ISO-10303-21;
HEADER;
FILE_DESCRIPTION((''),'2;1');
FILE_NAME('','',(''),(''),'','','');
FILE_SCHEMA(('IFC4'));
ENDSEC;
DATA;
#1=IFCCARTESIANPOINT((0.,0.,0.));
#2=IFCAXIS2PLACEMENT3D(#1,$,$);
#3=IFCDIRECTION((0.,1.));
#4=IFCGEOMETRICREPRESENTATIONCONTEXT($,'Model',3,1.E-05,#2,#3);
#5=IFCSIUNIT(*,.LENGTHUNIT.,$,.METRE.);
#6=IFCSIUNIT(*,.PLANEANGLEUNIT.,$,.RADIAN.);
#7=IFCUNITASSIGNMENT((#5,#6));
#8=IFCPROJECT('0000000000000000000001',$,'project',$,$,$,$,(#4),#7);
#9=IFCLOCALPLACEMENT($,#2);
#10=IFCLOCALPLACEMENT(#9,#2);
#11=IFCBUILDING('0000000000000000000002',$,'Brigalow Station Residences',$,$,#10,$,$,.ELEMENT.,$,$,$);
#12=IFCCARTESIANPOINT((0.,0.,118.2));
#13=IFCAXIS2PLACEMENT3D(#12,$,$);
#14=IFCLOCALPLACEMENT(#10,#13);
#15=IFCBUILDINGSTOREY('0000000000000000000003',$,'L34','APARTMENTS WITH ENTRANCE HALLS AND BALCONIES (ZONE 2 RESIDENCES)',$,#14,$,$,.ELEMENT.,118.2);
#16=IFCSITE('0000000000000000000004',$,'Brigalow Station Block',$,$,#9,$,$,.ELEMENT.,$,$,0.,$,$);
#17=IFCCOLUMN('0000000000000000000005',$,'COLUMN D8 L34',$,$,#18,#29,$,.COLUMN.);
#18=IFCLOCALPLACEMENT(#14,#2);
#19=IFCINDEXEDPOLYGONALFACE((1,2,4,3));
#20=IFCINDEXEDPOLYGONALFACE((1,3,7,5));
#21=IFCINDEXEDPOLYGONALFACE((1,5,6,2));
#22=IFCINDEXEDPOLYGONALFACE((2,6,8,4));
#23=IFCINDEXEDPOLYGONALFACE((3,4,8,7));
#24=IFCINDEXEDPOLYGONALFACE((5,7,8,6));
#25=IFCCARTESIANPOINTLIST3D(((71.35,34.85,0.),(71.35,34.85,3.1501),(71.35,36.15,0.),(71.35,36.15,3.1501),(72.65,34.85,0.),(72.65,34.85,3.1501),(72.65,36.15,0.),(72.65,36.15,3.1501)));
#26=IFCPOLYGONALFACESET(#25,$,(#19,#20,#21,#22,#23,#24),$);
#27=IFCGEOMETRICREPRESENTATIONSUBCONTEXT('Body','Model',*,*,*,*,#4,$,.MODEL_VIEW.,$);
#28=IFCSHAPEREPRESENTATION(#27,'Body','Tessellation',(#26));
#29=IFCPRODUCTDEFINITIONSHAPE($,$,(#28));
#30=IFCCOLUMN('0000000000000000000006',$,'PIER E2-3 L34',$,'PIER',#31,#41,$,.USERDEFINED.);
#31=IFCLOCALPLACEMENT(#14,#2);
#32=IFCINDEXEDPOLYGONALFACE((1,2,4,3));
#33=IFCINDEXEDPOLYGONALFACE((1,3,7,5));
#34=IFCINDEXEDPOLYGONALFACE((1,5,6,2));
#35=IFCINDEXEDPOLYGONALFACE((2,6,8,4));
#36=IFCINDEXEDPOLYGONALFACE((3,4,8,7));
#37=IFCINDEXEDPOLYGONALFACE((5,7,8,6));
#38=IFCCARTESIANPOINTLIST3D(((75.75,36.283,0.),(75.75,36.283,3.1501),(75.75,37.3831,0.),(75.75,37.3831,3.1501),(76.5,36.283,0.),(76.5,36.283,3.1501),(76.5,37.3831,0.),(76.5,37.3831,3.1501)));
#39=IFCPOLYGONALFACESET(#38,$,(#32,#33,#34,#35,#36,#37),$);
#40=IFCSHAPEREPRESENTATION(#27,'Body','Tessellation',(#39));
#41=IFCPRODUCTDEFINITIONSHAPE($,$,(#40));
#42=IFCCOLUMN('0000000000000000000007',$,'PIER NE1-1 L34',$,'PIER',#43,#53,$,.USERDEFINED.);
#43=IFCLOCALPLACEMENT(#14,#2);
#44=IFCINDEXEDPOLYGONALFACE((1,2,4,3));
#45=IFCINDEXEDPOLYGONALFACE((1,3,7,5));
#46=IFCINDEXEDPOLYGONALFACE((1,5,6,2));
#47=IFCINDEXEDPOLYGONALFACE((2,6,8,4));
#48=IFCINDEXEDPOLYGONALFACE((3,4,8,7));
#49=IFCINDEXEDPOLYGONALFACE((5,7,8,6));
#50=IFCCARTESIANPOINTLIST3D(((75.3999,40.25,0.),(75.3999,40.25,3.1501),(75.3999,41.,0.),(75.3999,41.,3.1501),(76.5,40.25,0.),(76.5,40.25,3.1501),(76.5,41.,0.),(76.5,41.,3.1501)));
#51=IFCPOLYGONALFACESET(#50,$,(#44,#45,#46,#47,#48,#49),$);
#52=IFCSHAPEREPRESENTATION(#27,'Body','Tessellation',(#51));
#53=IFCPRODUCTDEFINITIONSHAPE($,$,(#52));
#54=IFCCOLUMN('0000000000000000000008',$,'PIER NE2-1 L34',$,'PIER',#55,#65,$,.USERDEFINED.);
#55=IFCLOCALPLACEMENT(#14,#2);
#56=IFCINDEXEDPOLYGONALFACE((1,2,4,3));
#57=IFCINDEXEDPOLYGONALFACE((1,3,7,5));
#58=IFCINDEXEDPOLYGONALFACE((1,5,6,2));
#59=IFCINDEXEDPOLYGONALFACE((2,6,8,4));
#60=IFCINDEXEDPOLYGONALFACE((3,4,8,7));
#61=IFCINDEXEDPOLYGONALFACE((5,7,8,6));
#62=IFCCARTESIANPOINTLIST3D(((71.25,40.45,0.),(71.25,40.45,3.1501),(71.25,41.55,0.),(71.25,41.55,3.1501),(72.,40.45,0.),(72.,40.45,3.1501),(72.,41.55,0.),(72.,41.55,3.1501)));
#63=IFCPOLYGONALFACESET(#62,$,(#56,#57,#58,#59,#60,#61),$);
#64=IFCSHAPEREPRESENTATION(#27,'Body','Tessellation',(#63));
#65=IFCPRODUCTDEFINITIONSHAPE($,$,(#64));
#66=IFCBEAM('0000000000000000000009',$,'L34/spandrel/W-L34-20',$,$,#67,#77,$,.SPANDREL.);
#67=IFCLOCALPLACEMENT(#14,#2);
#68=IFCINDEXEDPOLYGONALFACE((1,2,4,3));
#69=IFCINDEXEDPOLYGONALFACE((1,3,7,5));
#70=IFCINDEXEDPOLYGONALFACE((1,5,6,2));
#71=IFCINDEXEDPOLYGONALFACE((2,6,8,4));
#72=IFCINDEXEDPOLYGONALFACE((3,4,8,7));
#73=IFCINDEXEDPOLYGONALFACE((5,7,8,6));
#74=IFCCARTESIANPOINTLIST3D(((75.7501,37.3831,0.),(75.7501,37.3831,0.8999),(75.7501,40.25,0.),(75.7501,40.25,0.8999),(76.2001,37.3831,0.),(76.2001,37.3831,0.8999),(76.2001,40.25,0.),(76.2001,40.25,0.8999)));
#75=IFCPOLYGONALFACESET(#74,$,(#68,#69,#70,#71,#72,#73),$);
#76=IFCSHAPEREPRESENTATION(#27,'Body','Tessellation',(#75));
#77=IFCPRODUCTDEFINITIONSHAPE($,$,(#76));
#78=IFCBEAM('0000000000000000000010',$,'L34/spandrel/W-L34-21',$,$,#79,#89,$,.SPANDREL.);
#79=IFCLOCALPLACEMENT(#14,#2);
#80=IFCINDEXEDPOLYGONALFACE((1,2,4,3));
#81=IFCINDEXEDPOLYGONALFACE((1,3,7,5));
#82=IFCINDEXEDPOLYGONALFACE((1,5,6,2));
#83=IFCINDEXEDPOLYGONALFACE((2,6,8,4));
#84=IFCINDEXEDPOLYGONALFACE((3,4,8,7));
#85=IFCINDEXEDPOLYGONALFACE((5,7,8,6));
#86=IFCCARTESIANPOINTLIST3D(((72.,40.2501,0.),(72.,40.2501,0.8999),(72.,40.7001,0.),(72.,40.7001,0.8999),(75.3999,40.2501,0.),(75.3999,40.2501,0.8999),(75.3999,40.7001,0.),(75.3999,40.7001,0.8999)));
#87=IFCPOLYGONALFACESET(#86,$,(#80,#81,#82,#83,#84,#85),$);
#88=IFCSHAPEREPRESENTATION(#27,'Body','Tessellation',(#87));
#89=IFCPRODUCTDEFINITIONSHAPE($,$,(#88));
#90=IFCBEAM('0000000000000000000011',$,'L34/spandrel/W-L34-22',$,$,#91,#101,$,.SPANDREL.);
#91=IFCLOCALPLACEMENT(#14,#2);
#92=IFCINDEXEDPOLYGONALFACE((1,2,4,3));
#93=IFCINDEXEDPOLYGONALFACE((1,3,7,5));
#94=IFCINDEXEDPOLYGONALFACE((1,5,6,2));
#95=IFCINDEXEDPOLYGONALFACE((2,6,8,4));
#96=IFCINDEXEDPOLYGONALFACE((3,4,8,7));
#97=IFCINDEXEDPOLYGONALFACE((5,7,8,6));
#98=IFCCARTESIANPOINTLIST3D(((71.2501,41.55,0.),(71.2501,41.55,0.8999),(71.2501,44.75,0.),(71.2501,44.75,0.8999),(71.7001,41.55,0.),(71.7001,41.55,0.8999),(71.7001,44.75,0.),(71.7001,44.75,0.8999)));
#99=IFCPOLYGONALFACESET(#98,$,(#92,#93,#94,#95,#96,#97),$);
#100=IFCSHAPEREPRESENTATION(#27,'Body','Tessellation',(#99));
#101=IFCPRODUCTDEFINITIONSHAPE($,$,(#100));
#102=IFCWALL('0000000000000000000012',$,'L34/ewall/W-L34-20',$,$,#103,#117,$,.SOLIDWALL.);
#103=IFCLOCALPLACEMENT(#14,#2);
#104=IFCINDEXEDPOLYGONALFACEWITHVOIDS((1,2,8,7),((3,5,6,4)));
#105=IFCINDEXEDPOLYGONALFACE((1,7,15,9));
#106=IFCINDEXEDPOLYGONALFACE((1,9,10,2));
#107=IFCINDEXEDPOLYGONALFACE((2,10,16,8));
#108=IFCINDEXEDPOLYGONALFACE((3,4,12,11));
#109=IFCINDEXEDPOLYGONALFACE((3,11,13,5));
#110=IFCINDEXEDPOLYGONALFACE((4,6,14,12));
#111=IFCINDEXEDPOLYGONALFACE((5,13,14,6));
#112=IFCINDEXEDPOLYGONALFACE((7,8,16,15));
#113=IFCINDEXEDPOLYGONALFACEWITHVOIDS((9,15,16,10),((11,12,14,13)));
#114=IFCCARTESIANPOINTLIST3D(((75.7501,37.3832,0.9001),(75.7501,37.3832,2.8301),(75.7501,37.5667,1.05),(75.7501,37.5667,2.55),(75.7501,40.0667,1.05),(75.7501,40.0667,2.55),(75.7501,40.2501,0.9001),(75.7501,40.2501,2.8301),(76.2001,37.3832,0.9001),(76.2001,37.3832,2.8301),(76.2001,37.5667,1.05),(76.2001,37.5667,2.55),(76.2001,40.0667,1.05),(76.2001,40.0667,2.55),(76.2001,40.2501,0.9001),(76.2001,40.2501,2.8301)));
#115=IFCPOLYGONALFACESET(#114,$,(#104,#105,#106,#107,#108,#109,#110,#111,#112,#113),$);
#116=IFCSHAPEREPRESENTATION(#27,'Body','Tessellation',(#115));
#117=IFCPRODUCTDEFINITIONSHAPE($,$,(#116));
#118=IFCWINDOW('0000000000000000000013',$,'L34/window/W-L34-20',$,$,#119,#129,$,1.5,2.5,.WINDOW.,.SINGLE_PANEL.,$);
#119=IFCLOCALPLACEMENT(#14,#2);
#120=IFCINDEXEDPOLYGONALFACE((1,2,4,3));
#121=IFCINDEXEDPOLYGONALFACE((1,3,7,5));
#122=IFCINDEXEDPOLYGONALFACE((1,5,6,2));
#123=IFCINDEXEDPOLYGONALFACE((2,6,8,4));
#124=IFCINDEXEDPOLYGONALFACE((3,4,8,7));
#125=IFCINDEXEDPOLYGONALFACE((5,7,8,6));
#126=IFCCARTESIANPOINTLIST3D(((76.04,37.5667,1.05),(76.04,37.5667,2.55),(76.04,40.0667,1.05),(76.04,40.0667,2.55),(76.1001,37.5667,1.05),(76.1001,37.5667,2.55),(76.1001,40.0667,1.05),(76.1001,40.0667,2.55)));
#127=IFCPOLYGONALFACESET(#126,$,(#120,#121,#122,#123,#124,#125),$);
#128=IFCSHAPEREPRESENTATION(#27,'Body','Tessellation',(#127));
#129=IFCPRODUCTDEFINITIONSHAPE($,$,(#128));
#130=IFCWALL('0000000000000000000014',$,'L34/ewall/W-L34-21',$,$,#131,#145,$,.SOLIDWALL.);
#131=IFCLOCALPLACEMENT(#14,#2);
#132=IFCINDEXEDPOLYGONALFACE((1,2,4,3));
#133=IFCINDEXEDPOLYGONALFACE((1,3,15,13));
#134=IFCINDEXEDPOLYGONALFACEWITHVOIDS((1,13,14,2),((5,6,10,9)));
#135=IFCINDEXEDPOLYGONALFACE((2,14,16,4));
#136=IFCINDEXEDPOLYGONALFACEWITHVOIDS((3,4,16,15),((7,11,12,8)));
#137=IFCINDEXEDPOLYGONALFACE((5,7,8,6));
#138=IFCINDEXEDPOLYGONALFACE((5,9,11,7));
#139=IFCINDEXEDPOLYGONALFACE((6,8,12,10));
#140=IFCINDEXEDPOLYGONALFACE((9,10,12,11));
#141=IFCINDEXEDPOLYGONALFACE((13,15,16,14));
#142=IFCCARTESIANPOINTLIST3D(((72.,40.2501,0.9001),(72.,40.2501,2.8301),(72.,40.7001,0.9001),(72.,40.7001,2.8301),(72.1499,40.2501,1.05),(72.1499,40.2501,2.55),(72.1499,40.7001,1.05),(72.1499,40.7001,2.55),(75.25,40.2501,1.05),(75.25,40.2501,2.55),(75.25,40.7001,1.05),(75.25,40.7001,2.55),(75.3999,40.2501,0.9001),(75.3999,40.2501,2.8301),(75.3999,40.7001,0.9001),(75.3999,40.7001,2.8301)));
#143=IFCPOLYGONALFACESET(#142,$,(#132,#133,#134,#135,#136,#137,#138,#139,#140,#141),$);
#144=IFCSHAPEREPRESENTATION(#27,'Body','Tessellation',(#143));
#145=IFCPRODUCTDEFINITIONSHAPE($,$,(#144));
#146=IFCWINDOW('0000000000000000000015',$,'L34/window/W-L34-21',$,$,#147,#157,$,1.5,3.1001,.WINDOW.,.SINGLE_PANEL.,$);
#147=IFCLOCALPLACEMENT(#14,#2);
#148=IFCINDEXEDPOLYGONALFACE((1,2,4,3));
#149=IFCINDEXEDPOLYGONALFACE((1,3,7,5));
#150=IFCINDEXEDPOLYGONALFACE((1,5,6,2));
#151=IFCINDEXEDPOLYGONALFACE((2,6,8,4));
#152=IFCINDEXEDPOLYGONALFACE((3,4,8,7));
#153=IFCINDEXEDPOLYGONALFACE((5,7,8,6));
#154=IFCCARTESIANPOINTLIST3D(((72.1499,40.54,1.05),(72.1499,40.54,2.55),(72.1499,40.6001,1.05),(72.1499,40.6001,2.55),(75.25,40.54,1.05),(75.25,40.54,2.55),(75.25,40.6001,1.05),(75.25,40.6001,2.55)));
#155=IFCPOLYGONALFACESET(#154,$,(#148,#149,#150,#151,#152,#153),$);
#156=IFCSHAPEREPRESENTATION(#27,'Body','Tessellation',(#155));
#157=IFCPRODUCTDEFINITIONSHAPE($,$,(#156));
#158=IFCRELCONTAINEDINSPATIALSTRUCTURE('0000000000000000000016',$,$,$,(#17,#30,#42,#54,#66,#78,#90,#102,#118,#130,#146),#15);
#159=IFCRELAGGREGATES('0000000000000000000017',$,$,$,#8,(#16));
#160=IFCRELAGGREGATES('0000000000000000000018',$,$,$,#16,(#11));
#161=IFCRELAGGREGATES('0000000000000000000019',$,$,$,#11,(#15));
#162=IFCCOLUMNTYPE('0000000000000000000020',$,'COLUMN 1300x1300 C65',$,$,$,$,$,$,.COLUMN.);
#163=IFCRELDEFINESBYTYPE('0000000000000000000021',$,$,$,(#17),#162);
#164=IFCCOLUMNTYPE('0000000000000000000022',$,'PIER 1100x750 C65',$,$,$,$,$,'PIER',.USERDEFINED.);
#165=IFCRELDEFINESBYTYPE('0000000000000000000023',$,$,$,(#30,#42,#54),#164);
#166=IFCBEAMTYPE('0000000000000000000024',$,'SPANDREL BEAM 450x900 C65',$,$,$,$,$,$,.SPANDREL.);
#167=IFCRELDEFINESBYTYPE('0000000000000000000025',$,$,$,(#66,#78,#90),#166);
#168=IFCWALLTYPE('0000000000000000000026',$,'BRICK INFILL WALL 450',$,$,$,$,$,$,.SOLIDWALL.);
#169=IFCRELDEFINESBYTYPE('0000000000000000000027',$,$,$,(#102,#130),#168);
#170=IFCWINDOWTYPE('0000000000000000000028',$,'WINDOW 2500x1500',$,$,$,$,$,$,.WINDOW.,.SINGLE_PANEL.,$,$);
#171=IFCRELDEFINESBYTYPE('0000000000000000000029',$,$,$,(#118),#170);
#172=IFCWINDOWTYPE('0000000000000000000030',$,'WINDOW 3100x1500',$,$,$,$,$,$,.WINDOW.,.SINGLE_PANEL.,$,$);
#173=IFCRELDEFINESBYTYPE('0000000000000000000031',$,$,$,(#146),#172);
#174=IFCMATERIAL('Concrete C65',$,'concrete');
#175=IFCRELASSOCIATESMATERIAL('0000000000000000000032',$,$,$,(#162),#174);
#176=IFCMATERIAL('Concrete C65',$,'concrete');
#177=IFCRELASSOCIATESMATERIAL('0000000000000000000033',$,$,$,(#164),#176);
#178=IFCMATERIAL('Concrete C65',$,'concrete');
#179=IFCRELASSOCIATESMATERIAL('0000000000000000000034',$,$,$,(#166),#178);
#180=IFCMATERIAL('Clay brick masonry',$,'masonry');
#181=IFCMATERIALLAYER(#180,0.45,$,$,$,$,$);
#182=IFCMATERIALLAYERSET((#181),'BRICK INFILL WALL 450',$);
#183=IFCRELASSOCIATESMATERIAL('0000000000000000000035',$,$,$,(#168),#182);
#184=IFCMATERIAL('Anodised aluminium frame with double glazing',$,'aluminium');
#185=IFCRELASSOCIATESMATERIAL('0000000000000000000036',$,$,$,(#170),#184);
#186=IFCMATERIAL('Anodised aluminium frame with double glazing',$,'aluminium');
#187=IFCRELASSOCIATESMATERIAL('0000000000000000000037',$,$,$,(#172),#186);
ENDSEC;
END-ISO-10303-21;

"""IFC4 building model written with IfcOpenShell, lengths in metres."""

from ifc_helpers import new_model, si_unit, direction, frame, frame_2d, origin, origin_2d, place, context, subcontext, project, spatial, rectangle, extrude, material, layer, layer_set, material_profile, profile_set, type_object, element, fill, save


model = new_model("IFC4")

# Units and contexts
model_context = context("Model", 3, precision=1e-05, world=origin(), true_north=direction((0.0, 1.0)))
body_context = subcontext(model_context, "Body", "Model", "MODEL_VIEW")
ifc_project = project(units=[si_unit("LENGTHUNIT", "METRE"), si_unit("PLANEANGLEUNIT", "RADIAN")], contexts=[model_context])

# Site, building, storey
site_placement = place(None, origin())
site = spatial("IfcSite", under=ifc_project, at=site_placement, Name="Brigalow Station Block", CompositionType="ELEMENT", RefElevation=0.0)
building_placement = place(site_placement, origin())
building = spatial("IfcBuilding", under=site, at=building_placement, Name="Brigalow Station Residences", CompositionType="ELEMENT")
storey_placement = place(building_placement, frame((0.0, 0.0, 118.2)))
storey = spatial("IfcBuildingStorey", under=building, at=storey_placement, Name="L34", Description="APARTMENTS WITH ENTRANCE HALLS AND BALCONIES (ZONE 2 RESIDENCES)", CompositionType="ELEMENT", Elevation=118.2)

# Columns
ifc_material_1 = material(Name="Concrete C65", Category="concrete")
ifc_material_profile_1 = material_profile(ifc_material_1, rectangle(XDim=1.3, YDim=1.3, at=origin_2d()), Name="RC1300x1300")
ifc_profile_set_1 = profile_set([ifc_material_profile_1], Name="Concrete C65")
column_type_1 = type_object("IfcColumnType", Name="COLUMN 1300x1300 C65", PredefinedType="COLUMN", material=ifc_profile_set_1)
column_placement = place(storey_placement, frame((72.0, 35.5, 0.0), z_axis=(0.0, 0.0, 1.0), x_axis=(1.0, 0.0, 0.0)))
element("IfcColumn", 1, at=column_placement, inside=storey, type_object=column_type_1, Name="COLUMN D8 L34", PredefinedType="COLUMN", context=body_context, shape_type="SweptSolid", body=[
    extrude(rectangle(XDim=1.3, YDim=1.3, at=origin_2d()), origin(), (0.0, 0.0, 1.0), 3.1501),
])
ifc_material_2 = material(Name="Concrete C65", Category="concrete")
ifc_material_profile_2 = material_profile(ifc_material_2, rectangle(XDim=1.1001, YDim=0.75, at=origin_2d()), Name="RC1100x750")
ifc_profile_set_2 = profile_set([ifc_material_profile_2], Name="Concrete C65")
column_type_2 = type_object("IfcColumnType", Name="PIER 1100x750 C65", ElementType="PIER", PredefinedType="USERDEFINED", material=ifc_profile_set_2)
for number, where, z_axis, x_axis, name in (
    (2, (76.125, 36.833, 0.0), (0.0, 0.0, 1.0), (0.0, 1.0, 0.0), "PIER E2-3 L34"),
    (3, (75.95, 40.625, 0.0), (0.0, 0.0, 1.0), (-1.0, 0.0, 0.0), "PIER NE1-1 L34"),
    (4, (71.625, 41.0, 0.0), (0.0, 0.0, 1.0), (0.0, 1.0, 0.0), "PIER NE2-1 L34"),
):
    element("IfcColumn", number, at=place(storey_placement, frame(where, z_axis=z_axis, x_axis=x_axis)), inside=storey, type_object=column_type_2, Name=name, ObjectType="PIER", PredefinedType="USERDEFINED", context=body_context, shape_type="SweptSolid", body=[
        extrude(rectangle(XDim=1.1001, YDim=0.75, at=origin_2d()), origin(), (0.0, 0.0, 1.0), 3.1501),
    ])

# Beams
ifc_material_3 = material(Name="Concrete C65", Category="concrete")
ifc_material_profile_3 = material_profile(ifc_material_3, rectangle(XDim=0.45, YDim=0.8999, at=origin_2d()), Name="RC450x900")
ifc_profile_set_3 = profile_set([ifc_material_profile_3], Name="Concrete C65")
beam_type = type_object("IfcBeamType", Name="SPANDREL BEAM 450x900 C65", PredefinedType="SPANDREL", material=ifc_profile_set_3)
beam_1_placement = place(storey_placement, frame((75.9751, 37.3831, 0.45), z_axis=(0.0, 1.0, 0.0), x_axis=(-1.0, 0.0, 0.0)))
element("IfcBeam", 5, at=beam_1_placement, inside=storey, type_object=beam_type, Name="L34/spandrel/W-L34-20", PredefinedType="SPANDREL", context=body_context, shape_type="SweptSolid", body=[
    extrude(rectangle(XDim=0.45, YDim=0.8999, at=origin_2d()), origin(), (0.0, 0.0, 1.0), 2.8669),
])
beam_2_placement = place(storey_placement, frame((75.3999, 40.4751, 0.45), z_axis=(-1.0, 0.0, 0.0), x_axis=(0.0, -1.0, 0.0)))
element("IfcBeam", 6, at=beam_2_placement, inside=storey, type_object=beam_type, Name="L34/spandrel/W-L34-21", PredefinedType="SPANDREL", context=body_context, shape_type="SweptSolid", body=[
    extrude(rectangle(XDim=0.45, YDim=0.8999, at=origin_2d()), origin(), (0.0, 0.0, 1.0), 3.3999),
])
beam_3_placement = place(storey_placement, frame((71.4751, 41.55, 0.45), z_axis=(0.0, 1.0, 0.0), x_axis=(-1.0, 0.0, 0.0)))
element("IfcBeam", 7, at=beam_3_placement, inside=storey, type_object=beam_type, Name="L34/spandrel/W-L34-22", PredefinedType="SPANDREL", context=body_context, shape_type="SweptSolid", body=[
    extrude(rectangle(XDim=0.45, YDim=0.8999, at=origin_2d()), origin(), (0.0, 0.0, 1.0), 3.2),
])

# Walls, openings, windows
ifc_material_4 = material(Name="Clay brick masonry", Category="masonry")
ifc_layer_1 = layer(ifc_material_4, 0.45)
ifc_layer_set_1 = layer_set([ifc_layer_1], Name="BRICK INFILL WALL 450")
wall_type_1 = type_object("IfcWallType", Name="BRICK INFILL WALL 450", PredefinedType="SOLIDWALL", material=ifc_layer_set_1)
wall_1_placement = place(storey_placement, frame((75.9751, 37.3831, 0.9001), z_axis=(0.0, 0.0, 1.0), x_axis=(0.0, 1.0, 0.0)))
wall_1 = element("IfcWall", 8, at=wall_1_placement, inside=storey, type_object=wall_type_1, Name="L34/ewall/W-L34-20", PredefinedType="SOLIDWALL", context=body_context, shape_type="SweptSolid", body=[
    extrude(rectangle(XDim=2.8669, YDim=0.45, at=frame_2d((1.4336, 0.0))), origin(), (0.0, 0.0, 1.0), 1.9299),
])
opening_1_placement = place(wall_1_placement, frame((0.1836, 0.0, 0.1499)))
opening_1 = element("IfcOpeningElement", 9, at=opening_1_placement, cuts=wall_1, PredefinedType="OPENING", context=body_context, shape_type="SweptSolid", body=[
    extrude(rectangle(XDim=2.5, YDim=1.5, at=frame_2d((1.25, 0.75))), frame((0.0, 0.2349, 0.0), z_axis=(0.0, -1.0, 0.0), x_axis=(1.0, 0.0, 0.0)), (0.0, 0.0, 1.0), 0.47),
])
ifc_material_5 = material(Name="Anodised aluminium frame with double glazing", Category="aluminium")
window_type_1 = type_object("IfcWindowType", Name="WINDOW 2500x1500", PartitioningType="SINGLE_PANEL", PredefinedType="WINDOW", material=ifc_material_5)
window_1_placement = place(opening_1_placement, origin())
window_1 = element("IfcWindow", 10, at=window_1_placement, inside=storey, type_object=window_type_1, Name="L34/window/W-L34-20", OverallHeight=1.5, OverallWidth=2.5, PartitioningType="SINGLE_PANEL", PredefinedType="WINDOW", context=body_context, shape_type="SweptSolid", body=[
    extrude(rectangle(XDim=2.5, YDim=1.5, at=frame_2d((1.25, 0.75))), frame((0.0, -0.0649, 0.0), z_axis=(0.0, -1.0, 0.0), x_axis=(1.0, 0.0, 0.0)), (0.0, 0.0, 1.0), 0.0601),
])
fill(opening_1, window_1)
wall_2_placement = place(storey_placement, frame((75.3999, 40.4751, 0.9001), z_axis=(0.0, 0.0, 1.0), x_axis=(-1.0, 0.0, 0.0)))
wall_2 = element("IfcWall", 11, at=wall_2_placement, inside=storey, type_object=wall_type_1, Name="L34/ewall/W-L34-21", PredefinedType="SOLIDWALL", context=body_context, shape_type="SweptSolid", body=[
    extrude(rectangle(XDim=3.3999, YDim=0.45, at=frame_2d((1.7, 0.0))), origin(), (0.0, 0.0, 1.0), 1.9299),
])
opening_2_placement = place(wall_2_placement, frame((0.1499, 0.0, 0.1499)))
opening_2 = element("IfcOpeningElement", 12, at=opening_2_placement, cuts=wall_2, PredefinedType="OPENING", context=body_context, shape_type="SweptSolid", body=[
    extrude(rectangle(XDim=3.1001, YDim=1.5, at=frame_2d((1.55, 0.75))), frame((0.0, 0.2349, 0.0), z_axis=(0.0, -1.0, 0.0), x_axis=(1.0, 0.0, 0.0)), (0.0, 0.0, 1.0), 0.47),
])
ifc_material_6 = material(Name="Anodised aluminium frame with double glazing", Category="aluminium")
window_type_2 = type_object("IfcWindowType", Name="WINDOW 3100x1500", PartitioningType="SINGLE_PANEL", PredefinedType="WINDOW", material=ifc_material_6)
window_2_placement = place(opening_2_placement, origin())
window_2 = element("IfcWindow", 13, at=window_2_placement, inside=storey, type_object=window_type_2, Name="L34/window/W-L34-21", OverallHeight=1.5, OverallWidth=3.1001, PartitioningType="SINGLE_PANEL", PredefinedType="WINDOW", context=body_context, shape_type="SweptSolid", body=[
    extrude(rectangle(XDim=3.1001, YDim=1.5, at=frame_2d((1.55, 0.75))), frame((0.0, -0.0649, 0.0), z_axis=(0.0, -1.0, 0.0), x_axis=(1.0, 0.0, 0.0)), (0.0, 0.0, 1.0), 0.0601),
])
fill(opening_2, window_2)

save(model, "model.ifc")
